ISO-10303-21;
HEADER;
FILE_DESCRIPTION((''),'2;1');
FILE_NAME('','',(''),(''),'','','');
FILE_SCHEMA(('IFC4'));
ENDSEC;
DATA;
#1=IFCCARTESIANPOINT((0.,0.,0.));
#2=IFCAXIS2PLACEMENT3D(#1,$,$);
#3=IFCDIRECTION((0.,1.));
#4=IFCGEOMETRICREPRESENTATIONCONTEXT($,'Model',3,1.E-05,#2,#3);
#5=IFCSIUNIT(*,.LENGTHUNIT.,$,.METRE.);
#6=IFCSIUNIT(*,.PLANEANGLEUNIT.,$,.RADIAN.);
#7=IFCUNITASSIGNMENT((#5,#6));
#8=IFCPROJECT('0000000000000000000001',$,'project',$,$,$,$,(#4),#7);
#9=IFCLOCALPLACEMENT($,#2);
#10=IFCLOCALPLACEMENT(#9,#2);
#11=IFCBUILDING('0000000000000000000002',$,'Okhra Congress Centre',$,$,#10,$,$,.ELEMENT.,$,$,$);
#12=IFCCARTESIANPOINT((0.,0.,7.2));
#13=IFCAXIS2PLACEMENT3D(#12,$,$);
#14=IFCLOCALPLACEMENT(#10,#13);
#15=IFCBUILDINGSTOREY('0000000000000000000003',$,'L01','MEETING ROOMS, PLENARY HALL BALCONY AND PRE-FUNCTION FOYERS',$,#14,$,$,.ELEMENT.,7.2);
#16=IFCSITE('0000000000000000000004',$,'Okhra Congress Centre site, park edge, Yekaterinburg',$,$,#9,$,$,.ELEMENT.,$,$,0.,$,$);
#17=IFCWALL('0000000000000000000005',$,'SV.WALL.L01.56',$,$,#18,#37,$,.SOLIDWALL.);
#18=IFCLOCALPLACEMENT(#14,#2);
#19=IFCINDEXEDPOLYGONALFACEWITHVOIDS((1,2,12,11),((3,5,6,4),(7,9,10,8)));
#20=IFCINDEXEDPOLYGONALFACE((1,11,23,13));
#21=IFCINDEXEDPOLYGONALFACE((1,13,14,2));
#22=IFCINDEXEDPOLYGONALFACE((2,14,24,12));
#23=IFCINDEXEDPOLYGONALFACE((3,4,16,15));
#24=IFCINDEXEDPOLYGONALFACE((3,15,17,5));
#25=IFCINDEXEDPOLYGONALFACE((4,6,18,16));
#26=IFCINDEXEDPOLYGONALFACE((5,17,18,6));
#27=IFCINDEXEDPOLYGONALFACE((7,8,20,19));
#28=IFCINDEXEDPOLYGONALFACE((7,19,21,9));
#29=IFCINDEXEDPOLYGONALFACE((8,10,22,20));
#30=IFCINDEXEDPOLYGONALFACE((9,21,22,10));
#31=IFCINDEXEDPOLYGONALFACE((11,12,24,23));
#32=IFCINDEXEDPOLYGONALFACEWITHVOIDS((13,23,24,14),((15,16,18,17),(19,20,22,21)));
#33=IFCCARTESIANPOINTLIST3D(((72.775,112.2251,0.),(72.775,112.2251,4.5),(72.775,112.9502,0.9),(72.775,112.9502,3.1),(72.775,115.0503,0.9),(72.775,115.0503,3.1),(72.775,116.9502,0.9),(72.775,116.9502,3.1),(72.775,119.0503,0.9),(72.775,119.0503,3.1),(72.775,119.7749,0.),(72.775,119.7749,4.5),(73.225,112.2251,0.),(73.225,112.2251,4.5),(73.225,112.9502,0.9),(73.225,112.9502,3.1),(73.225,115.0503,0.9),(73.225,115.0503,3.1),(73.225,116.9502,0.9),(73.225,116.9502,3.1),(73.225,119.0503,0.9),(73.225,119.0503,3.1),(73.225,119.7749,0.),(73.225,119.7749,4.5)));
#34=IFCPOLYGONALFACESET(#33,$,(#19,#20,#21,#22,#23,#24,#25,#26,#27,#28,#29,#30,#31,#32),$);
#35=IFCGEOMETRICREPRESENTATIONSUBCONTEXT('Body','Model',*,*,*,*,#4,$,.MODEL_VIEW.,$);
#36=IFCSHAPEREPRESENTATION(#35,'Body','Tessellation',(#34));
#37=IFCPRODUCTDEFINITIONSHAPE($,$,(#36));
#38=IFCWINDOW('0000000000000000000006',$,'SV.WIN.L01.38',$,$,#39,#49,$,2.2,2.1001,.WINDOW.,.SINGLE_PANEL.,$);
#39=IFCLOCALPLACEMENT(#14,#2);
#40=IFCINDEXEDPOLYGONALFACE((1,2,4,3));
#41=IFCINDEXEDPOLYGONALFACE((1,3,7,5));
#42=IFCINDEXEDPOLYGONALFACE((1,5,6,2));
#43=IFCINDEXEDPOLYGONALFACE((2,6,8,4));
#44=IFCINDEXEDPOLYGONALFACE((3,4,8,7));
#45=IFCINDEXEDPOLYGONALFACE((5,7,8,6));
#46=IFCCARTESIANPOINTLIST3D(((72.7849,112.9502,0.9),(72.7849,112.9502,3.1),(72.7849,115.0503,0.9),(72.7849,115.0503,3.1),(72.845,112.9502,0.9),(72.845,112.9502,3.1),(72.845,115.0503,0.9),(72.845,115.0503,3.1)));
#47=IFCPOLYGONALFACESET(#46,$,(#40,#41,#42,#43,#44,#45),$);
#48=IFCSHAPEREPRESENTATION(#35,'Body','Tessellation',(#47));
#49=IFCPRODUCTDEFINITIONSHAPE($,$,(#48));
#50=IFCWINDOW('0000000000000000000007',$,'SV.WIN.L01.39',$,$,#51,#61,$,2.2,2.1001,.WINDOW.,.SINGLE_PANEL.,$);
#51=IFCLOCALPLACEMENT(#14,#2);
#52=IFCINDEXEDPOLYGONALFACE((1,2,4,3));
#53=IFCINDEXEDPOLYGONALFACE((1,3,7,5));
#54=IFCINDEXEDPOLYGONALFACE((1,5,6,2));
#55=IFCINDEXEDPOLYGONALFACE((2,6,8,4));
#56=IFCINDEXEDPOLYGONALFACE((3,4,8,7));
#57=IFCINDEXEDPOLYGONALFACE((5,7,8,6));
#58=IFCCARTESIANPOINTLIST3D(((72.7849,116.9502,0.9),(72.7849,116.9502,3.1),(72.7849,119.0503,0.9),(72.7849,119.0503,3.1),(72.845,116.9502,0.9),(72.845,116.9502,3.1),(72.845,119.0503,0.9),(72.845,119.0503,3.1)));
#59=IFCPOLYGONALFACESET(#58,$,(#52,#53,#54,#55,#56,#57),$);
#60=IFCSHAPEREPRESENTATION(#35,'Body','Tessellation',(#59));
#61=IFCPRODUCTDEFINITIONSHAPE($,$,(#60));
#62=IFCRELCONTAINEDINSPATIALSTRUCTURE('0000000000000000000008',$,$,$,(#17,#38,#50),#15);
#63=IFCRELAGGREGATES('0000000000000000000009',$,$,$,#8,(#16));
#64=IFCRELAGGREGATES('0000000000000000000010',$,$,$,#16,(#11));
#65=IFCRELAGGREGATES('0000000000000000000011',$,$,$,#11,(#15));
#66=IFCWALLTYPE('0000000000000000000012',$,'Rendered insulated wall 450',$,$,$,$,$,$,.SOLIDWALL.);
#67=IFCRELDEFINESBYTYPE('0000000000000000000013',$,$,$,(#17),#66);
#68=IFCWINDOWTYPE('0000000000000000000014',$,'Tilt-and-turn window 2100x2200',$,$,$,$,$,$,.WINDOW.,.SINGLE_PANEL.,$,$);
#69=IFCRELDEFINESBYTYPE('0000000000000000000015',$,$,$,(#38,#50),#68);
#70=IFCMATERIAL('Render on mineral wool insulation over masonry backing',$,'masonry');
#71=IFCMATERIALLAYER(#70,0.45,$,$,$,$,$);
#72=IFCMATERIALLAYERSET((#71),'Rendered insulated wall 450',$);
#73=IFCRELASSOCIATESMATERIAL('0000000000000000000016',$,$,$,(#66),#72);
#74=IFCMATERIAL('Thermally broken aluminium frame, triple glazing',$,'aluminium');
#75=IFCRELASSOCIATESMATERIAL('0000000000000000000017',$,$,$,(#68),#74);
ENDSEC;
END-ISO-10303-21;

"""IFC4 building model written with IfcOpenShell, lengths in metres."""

from ifc_helpers import new_model, si_unit, direction, frame, frame_2d, origin, place, context, subcontext, project, spatial, rectangle, extrude, material, layer, layer_set, type_object, element, fill, save


model = new_model("IFC4")

# Units and contexts
model_context = context("Model", 3, precision=1e-05, world=origin(), true_north=direction((0.0, 1.0)))
body_context = subcontext(model_context, "Body", "Model", "MODEL_VIEW")
ifc_project = project(units=[si_unit("LENGTHUNIT", "METRE"), si_unit("PLANEANGLEUNIT", "RADIAN")], contexts=[model_context])

# Site, building, storey
site_placement = place(None, origin())
site = spatial("IfcSite", under=ifc_project, at=site_placement, Name="Okhra Congress Centre site, park edge, Yekaterinburg", CompositionType="ELEMENT", RefElevation=0.0)
building_placement = place(site_placement, origin())
building = spatial("IfcBuilding", under=site, at=building_placement, Name="Okhra Congress Centre", CompositionType="ELEMENT")
storey_placement = place(building_placement, frame((0.0, 0.0, 7.2)))
storey = spatial("IfcBuildingStorey", under=building, at=storey_placement, Name="L01", Description="MEETING ROOMS, PLENARY HALL BALCONY AND PRE-FUNCTION FOYERS", CompositionType="ELEMENT", Elevation=7.2)

# Wall, openings, windows
ifc_material_1 = material(Name="Render on mineral wool insulation over masonry backing", Category="masonry")
ifc_layer_1 = layer(ifc_material_1, 0.45)
ifc_layer_set_1 = layer_set([ifc_layer_1], Name="Rendered insulated wall 450")
wall_type_1 = type_object("IfcWallType", Name="Rendered insulated wall 450", PredefinedType="SOLIDWALL", material=ifc_layer_set_1)
ifc_material_2 = material(Name="Thermally broken aluminium frame, triple glazing", Category="aluminium")
window_type = type_object("IfcWindowType", Name="Tilt-and-turn window 2100x2200", PartitioningType="SINGLE_PANEL", PredefinedType="WINDOW", material=ifc_material_2)
wall_1_placement = place(storey_placement, frame((73.0, 112.2251, 0.0), z_axis=(0.0, 0.0, 1.0), x_axis=(0.0, 1.0, 0.0)))
wall_1 = element("IfcWall", 1, at=wall_1_placement, inside=storey, type_object=wall_type_1, Name="SV.WALL.L01.56", PredefinedType="SOLIDWALL", context=body_context, shape_type="SweptSolid", body=[
    extrude(rectangle(XDim=7.5498, YDim=0.45, at=frame_2d((3.7749, 0.0))), origin(), (0.0, 0.0, 1.0), 4.5),
])
opening_1_placement = place(wall_1_placement, frame((0.7251, 0.0, 0.8999)))
opening_1 = element("IfcOpeningElement", 2, at=opening_1_placement, cuts=wall_1, PredefinedType="OPENING", context=body_context, shape_type="SweptSolid", body=[
    extrude(rectangle(XDim=2.1001, YDim=2.2, at=frame_2d((1.05, 1.1001))), frame((0.0, 0.2349, 0.0), z_axis=(0.0, -1.0, 0.0), x_axis=(1.0, 0.0, 0.0)), (0.0, 0.0, 1.0), 0.47),
])
opening_2_placement = place(wall_1_placement, frame((4.7251, 0.0, 0.8999)))
opening_2 = element("IfcOpeningElement", 3, at=opening_2_placement, cuts=wall_1, PredefinedType="OPENING", context=body_context, shape_type="SweptSolid", body=[
    extrude(rectangle(XDim=2.1001, YDim=2.2, at=frame_2d((1.05, 1.1001))), frame((0.0, 0.2349, 0.0), z_axis=(0.0, -1.0, 0.0), x_axis=(1.0, 0.0, 0.0)), (0.0, 0.0, 1.0), 0.47),
])
window_1_placement = place(opening_1_placement, origin())
window_1 = element("IfcWindow", 4, at=window_1_placement, inside=storey, type_object=window_type, Name="SV.WIN.L01.38", OverallHeight=2.2, OverallWidth=2.1001, PartitioningType="SINGLE_PANEL", PredefinedType="WINDOW", context=body_context, shape_type="SweptSolid", body=[
    extrude(rectangle(XDim=2.1001, YDim=2.2, at=frame_2d((1.05, 1.1001))), frame((0.0, 0.2151, 0.0), z_axis=(0.0, -1.0, 0.0), x_axis=(1.0, 0.0, 0.0)), (0.0, 0.0, 1.0), 0.0601),
])
fill(opening_1, window_1)
window_2_placement = place(opening_2_placement, origin())
window_2 = element("IfcWindow", 5, at=window_2_placement, inside=storey, type_object=window_type, Name="SV.WIN.L01.39", OverallHeight=2.2, OverallWidth=2.1001, PartitioningType="SINGLE_PANEL", PredefinedType="WINDOW", context=body_context, shape_type="SweptSolid", body=[
    extrude(rectangle(XDim=2.1001, YDim=2.2, at=frame_2d((1.05, 1.1001))), frame((0.0, 0.2151, 0.0), z_axis=(0.0, -1.0, 0.0), x_axis=(1.0, 0.0, 0.0)), (0.0, 0.0, 1.0), 0.0601),
])
fill(opening_2, window_2)

save(model, "model.ifc")
